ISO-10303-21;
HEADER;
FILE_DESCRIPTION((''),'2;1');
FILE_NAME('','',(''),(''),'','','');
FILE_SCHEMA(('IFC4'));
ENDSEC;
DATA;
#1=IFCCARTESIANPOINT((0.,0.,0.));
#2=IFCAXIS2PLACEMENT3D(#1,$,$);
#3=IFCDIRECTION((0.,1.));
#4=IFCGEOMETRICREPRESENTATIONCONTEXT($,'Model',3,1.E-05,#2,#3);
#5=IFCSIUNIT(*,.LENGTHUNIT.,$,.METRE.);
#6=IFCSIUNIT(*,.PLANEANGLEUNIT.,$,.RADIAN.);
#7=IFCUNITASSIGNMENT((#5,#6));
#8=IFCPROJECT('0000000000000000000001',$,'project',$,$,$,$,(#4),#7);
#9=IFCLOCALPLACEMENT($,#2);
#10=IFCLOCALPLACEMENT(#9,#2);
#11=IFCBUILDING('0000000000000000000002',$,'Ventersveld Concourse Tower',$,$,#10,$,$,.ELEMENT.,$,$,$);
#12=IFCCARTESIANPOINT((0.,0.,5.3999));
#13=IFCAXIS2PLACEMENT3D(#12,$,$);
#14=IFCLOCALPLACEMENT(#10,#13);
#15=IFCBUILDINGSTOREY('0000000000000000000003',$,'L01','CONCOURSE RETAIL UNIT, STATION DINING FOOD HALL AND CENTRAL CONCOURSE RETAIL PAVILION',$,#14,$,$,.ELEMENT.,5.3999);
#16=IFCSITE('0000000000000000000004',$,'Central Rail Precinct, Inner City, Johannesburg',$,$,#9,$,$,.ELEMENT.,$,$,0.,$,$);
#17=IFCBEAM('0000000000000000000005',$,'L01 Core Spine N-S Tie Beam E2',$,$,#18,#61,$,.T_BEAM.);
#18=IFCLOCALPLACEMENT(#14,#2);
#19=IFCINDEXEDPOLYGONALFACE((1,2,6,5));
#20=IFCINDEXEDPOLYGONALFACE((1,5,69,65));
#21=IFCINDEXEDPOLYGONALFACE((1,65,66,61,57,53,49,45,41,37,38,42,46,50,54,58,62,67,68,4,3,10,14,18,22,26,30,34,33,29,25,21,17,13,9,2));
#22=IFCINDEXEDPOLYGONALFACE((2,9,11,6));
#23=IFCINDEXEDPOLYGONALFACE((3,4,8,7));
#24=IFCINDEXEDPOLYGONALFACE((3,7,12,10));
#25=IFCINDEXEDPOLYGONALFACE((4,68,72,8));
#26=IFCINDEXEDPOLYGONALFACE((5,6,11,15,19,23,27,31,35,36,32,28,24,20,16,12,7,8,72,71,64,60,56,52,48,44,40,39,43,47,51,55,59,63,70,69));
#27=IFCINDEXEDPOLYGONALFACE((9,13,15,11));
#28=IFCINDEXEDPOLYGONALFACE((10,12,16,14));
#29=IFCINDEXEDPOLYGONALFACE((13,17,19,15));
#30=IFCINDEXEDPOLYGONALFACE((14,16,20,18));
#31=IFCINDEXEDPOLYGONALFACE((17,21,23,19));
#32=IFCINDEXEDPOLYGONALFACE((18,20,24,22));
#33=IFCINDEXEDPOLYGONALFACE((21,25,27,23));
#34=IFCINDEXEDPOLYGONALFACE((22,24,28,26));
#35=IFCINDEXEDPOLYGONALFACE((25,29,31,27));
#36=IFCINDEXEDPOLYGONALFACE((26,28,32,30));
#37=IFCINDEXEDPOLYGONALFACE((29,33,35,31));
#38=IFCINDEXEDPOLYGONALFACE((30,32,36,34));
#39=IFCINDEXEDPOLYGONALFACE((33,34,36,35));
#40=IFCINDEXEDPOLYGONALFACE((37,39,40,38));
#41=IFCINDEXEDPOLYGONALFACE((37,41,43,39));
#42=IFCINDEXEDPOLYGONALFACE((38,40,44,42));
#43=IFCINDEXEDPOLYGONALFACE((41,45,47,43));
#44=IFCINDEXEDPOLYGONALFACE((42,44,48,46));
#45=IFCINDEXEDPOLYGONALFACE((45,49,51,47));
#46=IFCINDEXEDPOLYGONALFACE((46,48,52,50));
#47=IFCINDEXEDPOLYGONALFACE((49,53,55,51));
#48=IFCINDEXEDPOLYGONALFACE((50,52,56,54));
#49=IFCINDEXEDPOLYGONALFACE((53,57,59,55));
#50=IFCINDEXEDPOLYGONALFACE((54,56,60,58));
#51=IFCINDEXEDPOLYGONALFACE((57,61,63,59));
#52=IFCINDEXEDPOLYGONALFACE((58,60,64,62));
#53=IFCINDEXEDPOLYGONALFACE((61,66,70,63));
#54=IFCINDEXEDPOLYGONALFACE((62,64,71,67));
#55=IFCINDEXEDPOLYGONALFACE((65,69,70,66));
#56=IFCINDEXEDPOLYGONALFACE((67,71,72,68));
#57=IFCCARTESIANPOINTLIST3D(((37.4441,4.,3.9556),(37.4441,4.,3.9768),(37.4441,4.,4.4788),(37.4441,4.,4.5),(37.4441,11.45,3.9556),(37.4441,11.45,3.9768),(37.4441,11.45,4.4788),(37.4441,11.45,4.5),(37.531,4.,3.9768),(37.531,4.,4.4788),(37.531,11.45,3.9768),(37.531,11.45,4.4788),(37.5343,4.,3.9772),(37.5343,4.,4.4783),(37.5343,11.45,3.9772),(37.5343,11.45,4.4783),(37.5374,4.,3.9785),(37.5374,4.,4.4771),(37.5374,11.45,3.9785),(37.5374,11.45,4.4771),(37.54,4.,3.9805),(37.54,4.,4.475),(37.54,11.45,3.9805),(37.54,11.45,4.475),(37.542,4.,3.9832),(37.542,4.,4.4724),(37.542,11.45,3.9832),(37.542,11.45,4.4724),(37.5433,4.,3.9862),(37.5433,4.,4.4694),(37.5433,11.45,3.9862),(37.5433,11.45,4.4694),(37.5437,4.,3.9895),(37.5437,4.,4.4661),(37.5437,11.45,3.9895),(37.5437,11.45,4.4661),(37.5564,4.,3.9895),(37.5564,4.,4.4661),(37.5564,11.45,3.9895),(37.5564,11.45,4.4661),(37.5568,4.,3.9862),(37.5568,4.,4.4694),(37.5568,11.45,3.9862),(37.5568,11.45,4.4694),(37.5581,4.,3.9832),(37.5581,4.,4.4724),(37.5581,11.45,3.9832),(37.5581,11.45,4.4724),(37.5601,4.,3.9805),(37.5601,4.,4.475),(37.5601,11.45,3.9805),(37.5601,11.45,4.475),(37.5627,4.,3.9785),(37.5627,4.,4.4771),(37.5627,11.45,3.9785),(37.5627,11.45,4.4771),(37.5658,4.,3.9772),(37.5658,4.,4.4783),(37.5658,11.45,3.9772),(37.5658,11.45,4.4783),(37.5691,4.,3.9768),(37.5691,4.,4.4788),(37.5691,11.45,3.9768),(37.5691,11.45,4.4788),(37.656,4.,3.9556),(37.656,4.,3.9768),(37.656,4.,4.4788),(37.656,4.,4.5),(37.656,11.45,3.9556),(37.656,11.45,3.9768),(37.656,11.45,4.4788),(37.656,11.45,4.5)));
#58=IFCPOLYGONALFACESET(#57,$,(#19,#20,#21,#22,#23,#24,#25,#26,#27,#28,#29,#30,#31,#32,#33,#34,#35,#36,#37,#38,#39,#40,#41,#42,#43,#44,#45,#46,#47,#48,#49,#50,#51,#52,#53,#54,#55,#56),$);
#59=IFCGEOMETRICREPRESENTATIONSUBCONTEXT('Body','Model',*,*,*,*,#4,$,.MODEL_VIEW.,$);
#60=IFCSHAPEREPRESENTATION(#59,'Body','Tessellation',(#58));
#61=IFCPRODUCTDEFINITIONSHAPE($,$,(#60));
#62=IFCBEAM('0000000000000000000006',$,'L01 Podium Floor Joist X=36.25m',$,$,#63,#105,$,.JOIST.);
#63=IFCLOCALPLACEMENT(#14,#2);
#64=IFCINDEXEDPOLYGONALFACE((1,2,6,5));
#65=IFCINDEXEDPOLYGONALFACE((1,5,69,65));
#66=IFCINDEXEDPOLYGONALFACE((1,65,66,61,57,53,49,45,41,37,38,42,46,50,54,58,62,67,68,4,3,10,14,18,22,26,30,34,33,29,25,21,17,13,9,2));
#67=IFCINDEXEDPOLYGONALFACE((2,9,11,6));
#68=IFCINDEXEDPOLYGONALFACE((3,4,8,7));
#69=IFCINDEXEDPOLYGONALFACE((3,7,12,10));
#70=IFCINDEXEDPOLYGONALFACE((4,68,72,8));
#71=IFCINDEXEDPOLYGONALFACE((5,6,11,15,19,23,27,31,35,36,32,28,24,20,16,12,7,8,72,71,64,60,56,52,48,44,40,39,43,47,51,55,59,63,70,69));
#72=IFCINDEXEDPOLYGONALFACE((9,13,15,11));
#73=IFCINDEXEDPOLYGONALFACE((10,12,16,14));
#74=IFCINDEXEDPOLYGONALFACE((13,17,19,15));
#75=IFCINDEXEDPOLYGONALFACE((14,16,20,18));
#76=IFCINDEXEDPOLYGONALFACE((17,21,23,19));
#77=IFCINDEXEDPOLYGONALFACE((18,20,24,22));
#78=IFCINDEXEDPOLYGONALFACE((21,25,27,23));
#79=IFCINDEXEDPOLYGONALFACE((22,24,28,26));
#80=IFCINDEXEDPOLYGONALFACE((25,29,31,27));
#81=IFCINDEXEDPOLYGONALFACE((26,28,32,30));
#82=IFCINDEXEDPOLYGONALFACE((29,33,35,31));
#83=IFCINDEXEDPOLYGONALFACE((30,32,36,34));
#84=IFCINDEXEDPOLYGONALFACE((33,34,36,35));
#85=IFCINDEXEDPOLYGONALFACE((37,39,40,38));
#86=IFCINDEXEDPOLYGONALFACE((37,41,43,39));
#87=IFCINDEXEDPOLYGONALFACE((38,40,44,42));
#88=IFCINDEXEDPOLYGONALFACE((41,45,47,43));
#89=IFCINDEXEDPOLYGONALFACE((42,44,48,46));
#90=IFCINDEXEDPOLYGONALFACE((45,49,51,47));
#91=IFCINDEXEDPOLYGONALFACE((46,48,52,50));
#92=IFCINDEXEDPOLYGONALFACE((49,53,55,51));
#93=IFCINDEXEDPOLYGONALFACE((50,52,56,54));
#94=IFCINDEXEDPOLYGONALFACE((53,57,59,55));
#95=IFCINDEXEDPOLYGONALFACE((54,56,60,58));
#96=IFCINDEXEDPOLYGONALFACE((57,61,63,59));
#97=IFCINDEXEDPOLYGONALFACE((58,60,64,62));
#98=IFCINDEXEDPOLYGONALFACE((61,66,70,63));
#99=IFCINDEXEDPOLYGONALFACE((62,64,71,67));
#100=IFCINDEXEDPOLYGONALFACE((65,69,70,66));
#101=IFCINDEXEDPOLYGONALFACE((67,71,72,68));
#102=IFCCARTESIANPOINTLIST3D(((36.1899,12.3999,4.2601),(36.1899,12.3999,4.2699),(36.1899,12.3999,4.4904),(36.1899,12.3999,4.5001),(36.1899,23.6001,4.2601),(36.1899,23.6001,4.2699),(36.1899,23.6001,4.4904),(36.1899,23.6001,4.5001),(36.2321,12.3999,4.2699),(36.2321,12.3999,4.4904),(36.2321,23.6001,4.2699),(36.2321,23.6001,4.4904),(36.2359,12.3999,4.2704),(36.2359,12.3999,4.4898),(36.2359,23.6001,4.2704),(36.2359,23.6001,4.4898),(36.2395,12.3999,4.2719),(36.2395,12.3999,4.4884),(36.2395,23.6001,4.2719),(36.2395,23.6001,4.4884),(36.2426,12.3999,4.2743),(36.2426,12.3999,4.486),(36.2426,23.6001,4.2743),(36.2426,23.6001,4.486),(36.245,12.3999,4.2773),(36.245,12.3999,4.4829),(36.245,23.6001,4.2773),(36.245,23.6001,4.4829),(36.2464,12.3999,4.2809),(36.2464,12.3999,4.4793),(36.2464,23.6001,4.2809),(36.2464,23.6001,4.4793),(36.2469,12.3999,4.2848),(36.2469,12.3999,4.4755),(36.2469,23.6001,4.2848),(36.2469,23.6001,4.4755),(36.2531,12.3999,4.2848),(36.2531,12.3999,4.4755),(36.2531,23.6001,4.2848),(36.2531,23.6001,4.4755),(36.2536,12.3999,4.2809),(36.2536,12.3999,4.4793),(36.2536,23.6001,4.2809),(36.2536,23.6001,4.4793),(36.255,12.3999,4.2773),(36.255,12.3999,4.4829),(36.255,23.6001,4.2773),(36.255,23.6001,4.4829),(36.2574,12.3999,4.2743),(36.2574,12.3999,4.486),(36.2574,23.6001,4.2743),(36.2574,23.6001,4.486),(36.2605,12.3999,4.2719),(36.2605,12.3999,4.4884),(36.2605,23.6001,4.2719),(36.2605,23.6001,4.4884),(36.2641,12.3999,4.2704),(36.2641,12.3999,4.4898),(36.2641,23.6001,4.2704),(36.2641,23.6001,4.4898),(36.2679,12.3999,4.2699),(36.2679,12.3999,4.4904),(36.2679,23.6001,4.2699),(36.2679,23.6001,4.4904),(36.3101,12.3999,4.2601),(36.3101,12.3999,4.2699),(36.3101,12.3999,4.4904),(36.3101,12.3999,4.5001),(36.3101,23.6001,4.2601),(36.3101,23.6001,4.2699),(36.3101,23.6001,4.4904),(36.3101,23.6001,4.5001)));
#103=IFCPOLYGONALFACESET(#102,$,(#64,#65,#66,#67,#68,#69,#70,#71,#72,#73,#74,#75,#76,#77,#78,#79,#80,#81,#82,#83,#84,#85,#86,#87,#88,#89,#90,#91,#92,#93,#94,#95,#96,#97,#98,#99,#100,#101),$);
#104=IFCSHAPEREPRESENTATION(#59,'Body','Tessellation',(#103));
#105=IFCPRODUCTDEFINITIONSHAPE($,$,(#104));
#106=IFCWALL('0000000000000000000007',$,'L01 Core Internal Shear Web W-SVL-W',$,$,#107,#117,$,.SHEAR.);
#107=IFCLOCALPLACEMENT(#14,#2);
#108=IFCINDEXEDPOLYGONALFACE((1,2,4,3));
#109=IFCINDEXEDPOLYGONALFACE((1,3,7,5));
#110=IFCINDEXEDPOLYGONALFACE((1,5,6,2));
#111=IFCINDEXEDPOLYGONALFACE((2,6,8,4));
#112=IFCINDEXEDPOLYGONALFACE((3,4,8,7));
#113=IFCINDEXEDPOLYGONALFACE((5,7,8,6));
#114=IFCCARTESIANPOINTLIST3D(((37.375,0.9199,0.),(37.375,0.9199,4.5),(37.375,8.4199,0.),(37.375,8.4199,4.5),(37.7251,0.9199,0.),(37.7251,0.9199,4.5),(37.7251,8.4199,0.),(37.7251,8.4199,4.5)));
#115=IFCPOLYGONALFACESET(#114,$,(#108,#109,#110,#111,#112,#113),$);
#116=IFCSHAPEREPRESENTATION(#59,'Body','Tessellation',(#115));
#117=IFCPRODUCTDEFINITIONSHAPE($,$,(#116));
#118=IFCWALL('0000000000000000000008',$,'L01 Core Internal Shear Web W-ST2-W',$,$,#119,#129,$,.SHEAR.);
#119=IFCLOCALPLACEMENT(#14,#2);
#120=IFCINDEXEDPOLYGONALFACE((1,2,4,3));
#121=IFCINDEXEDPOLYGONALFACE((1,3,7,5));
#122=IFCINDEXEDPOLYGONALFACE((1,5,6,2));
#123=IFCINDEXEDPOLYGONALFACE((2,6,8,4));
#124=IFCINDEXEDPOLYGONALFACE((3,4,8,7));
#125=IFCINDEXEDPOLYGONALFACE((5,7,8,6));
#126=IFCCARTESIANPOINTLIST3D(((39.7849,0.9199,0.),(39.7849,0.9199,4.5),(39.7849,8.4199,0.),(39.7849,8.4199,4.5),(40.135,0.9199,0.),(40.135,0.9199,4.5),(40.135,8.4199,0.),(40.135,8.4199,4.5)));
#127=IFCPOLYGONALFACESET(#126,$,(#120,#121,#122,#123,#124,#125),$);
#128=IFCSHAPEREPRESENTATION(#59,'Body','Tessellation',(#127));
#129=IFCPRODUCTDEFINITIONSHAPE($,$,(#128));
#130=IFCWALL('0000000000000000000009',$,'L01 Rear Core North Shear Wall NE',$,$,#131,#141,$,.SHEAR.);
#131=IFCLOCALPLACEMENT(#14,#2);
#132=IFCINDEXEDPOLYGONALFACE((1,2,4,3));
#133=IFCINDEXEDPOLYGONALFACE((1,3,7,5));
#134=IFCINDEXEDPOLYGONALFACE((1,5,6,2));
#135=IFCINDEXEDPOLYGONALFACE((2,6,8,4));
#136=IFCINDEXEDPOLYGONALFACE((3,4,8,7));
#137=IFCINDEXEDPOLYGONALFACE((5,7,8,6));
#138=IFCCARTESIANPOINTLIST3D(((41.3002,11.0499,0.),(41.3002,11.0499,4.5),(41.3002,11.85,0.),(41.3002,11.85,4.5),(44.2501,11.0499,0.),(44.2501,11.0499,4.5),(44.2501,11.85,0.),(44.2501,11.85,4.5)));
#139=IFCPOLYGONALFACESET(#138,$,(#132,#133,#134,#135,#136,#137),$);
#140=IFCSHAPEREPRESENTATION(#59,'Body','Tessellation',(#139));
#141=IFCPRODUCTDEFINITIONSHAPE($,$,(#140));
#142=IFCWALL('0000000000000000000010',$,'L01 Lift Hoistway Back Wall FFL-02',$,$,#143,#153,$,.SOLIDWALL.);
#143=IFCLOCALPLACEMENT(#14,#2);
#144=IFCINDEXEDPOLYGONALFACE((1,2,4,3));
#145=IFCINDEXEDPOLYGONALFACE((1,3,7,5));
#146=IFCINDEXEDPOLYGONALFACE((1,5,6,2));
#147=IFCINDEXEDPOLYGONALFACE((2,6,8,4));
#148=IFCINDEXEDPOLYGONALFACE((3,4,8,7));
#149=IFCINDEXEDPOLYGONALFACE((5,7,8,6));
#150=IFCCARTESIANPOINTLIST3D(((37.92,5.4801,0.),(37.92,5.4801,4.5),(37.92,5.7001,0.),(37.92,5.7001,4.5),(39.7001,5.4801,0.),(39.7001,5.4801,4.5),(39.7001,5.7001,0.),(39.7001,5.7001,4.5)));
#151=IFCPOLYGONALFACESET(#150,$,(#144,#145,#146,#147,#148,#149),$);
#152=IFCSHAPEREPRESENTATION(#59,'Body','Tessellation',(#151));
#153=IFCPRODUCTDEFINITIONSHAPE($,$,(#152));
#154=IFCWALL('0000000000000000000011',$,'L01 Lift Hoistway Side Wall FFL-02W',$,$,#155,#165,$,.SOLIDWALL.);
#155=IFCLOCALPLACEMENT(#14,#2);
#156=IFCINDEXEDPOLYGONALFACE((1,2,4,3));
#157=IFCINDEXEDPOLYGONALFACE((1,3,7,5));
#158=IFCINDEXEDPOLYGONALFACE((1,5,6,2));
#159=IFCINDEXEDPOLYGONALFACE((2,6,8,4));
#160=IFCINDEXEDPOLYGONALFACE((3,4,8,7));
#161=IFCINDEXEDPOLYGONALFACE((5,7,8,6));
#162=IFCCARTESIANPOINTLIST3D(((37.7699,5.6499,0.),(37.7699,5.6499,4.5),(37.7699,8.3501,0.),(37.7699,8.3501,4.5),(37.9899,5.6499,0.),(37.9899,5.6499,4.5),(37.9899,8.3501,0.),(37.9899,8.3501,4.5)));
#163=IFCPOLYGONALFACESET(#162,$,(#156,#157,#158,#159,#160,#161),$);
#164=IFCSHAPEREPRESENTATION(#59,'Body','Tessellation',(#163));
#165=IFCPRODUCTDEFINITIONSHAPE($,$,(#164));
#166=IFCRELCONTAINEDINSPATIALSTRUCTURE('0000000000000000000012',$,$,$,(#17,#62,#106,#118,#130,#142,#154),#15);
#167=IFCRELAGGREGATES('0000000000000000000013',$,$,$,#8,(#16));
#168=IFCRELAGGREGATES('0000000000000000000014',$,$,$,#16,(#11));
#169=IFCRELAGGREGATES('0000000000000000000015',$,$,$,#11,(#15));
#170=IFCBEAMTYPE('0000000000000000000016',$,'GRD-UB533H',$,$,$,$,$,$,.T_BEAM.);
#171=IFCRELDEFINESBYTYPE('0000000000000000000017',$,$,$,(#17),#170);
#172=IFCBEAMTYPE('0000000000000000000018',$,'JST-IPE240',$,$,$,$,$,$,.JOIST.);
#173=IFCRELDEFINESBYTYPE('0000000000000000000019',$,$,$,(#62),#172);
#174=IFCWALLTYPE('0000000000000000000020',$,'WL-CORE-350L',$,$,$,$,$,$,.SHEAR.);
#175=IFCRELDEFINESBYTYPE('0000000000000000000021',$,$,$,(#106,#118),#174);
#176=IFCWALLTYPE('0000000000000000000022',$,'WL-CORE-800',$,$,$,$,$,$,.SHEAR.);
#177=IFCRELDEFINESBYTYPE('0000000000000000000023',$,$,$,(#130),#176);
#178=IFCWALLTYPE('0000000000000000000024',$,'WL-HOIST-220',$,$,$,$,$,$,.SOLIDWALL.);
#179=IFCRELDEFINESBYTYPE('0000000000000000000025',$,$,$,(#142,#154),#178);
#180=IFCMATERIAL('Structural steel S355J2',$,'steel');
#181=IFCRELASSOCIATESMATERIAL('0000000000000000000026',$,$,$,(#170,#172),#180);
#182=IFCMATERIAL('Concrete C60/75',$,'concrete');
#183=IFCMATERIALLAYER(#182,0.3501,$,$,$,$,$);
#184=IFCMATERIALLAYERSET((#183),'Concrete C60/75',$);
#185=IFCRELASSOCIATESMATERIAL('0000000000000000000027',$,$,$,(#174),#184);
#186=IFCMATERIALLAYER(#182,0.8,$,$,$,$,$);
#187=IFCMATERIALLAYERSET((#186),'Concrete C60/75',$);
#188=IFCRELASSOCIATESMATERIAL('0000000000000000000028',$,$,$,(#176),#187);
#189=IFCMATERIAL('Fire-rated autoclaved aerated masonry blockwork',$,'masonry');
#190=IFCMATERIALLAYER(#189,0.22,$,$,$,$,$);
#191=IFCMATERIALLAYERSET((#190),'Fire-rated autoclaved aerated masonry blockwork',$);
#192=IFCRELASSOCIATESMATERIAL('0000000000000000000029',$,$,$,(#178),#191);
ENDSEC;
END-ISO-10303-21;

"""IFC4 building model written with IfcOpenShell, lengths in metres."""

from ifc_helpers import new_model, si_unit, direction, frame, frame_2d, origin, origin_2d, place, context, subcontext, project, spatial, rectangle, i_section, extrude, material, layer, layer_set, material_profile, profile_set, type_object, element, save


model = new_model("IFC4")

# Units and contexts
model_context = context("Model", 3, precision=1e-05, world=origin(), true_north=direction((0.0, 1.0)))
body_context = subcontext(model_context, "Body", "Model", "MODEL_VIEW")
ifc_project = project(units=[si_unit("LENGTHUNIT", "METRE"), si_unit("PLANEANGLEUNIT", "RADIAN")], contexts=[model_context])

# Site, building, storey
site_placement = place(None, origin())
site = spatial("IfcSite", under=ifc_project, at=site_placement, Name="Central Rail Precinct, Inner City, Johannesburg", CompositionType="ELEMENT", RefElevation=0.0)
building_placement = place(site_placement, origin())
building = spatial("IfcBuilding", under=site, at=building_placement, Name="Ventersveld Concourse Tower", CompositionType="ELEMENT")
storey_placement = place(building_placement, frame((0.0, 0.0, 5.3999)))
storey = spatial("IfcBuildingStorey", under=building, at=storey_placement, Name="L01", Description="CONCOURSE RETAIL UNIT, STATION DINING FOOD HALL AND CENTRAL CONCOURSE RETAIL PAVILION", CompositionType="ELEMENT", Elevation=5.3999)

# Shared definitions
ifc_material_1 = material(Name="Concrete C60/75", Category="concrete")

# Beams
ifc_material_2 = material(Name="Structural steel S355J2", Category="steel")
ifc_material_profile_1 = material_profile(ifc_material_2, i_section(OverallWidth=0.2119, OverallDepth=0.5444, WebThickness=0.0127, FlangeThickness=0.0212, FilletRadius=0.0127, at=origin_2d()), Name="UB 533x210x122")
ifc_profile_set_1 = profile_set([ifc_material_profile_1], Name="Structural steel S355J2")
beam_type_1 = type_object("IfcBeamType", Name="GRD-UB533H", PredefinedType="T_BEAM", material=ifc_profile_set_1)
beam_1_placement = place(storey_placement, frame((37.55, 4.0, 4.2278), z_axis=(0.0, 1.0, 0.0), x_axis=(-1.0, 0.0, 0.0)))
element("IfcBeam", 1, at=beam_1_placement, inside=storey, type_object=beam_type_1, Name="L01 Core Spine N-S Tie Beam E2", PredefinedType="T_BEAM", context=body_context, shape_type="SweptSolid", body=[
    extrude(i_section(OverallWidth=0.2119, OverallDepth=0.5444, WebThickness=0.0127, FlangeThickness=0.0212, FilletRadius=0.0127, at=origin_2d()), origin(), (0.0, 0.0, 1.0), 7.45),
])
ifc_material_profile_2 = material_profile(ifc_material_2, i_section(OverallWidth=0.1201, OverallDepth=0.24, WebThickness=0.0061, FlangeThickness=0.0098, FilletRadius=0.0149, at=origin_2d()), Name="IPE 240")
ifc_profile_set_2 = profile_set([ifc_material_profile_2], Name="Structural steel S355J2")
beam_type_2 = type_object("IfcBeamType", Name="JST-IPE240", PredefinedType="JOIST", material=ifc_profile_set_2)
beam_2_placement = place(storey_placement, frame((36.25, 12.3999, 4.3801), z_axis=(0.0, 1.0, 0.0), x_axis=(-1.0, 0.0, 0.0)))
element("IfcBeam", 2, at=beam_2_placement, inside=storey, type_object=beam_type_2, Name="L01 Podium Floor Joist X=36.25m", PredefinedType="JOIST", context=body_context, shape_type="SweptSolid", body=[
    extrude(i_section(OverallWidth=0.1201, OverallDepth=0.24, WebThickness=0.0061, FlangeThickness=0.0098, FilletRadius=0.0149, at=origin_2d()), origin(), (0.0, 0.0, 1.0), 11.2002),
])

# Walls
ifc_layer_1 = layer(ifc_material_1, 0.3501)
ifc_layer_set_1 = layer_set([ifc_layer_1], Name="Concrete C60/75")
wall_type_1 = type_object("IfcWallType", Name="WL-CORE-350L", PredefinedType="SHEAR", material=ifc_layer_set_1)
for number, where, z_axis, x_axis, name in (
    (3, (37.55, 0.9199, 0.0), (0.0, 0.0, 1.0), (0.0, 1.0, 0.0), "L01 Core Internal Shear Web W-SVL-W"),
    (4, (39.96, 0.9199, 0.0), (0.0, 0.0, 1.0), (0.0, 1.0, 0.0), "L01 Core Internal Shear Web W-ST2-W"),
):
    element("IfcWall", number, at=place(storey_placement, frame(where, z_axis=z_axis, x_axis=x_axis)), inside=storey, type_object=wall_type_1, Name=name, PredefinedType="SHEAR", context=body_context, shape_type="SweptSolid", body=[
        extrude(rectangle(XDim=7.5, YDim=0.3501, at=frame_2d((3.75, 0.0))), origin(), (0.0, 0.0, 1.0), 4.5),
    ])
ifc_layer_2 = layer(ifc_material_1, 0.8)
ifc_layer_set_2 = layer_set([ifc_layer_2], Name="Concrete C60/75")
wall_type_2 = type_object("IfcWallType", Name="WL-CORE-800", PredefinedType="SHEAR", material=ifc_layer_set_2)
wall_1_placement = place(storey_placement, frame((41.3, 11.45, 0.0), z_axis=(0.0, 0.0, 1.0), x_axis=(1.0, 0.0, 0.0)))
element("IfcWall", 5, at=wall_1_placement, inside=storey, type_object=wall_type_2, Name="L01 Rear Core North Shear Wall NE", PredefinedType="SHEAR", context=body_context, shape_type="SweptSolid", body=[
    extrude(rectangle(XDim=2.95, YDim=0.8, at=frame_2d((1.4751, 0.0))), origin(), (0.0, 0.0, 1.0), 4.5),
])
ifc_material_3 = material(Name="Fire-rated autoclaved aerated masonry blockwork", Category="masonry")
ifc_layer_3 = layer(ifc_material_3, 0.22)
ifc_layer_set_3 = layer_set([ifc_layer_3], Name="Fire-rated autoclaved aerated masonry blockwork")
wall_type_3 = type_object("IfcWallType", Name="WL-HOIST-220", PredefinedType="SOLIDWALL", material=ifc_layer_set_3)
wall_2_placement = place(storey_placement, frame((37.9199, 5.5901, 0.0), z_axis=(0.0, 0.0, 1.0), x_axis=(1.0, 0.0, 0.0)))
element("IfcWall", 6, at=wall_2_placement, inside=storey, type_object=wall_type_3, Name="L01 Lift Hoistway Back Wall FFL-02", PredefinedType="SOLIDWALL", context=body_context, shape_type="SweptSolid", body=[
    extrude(rectangle(XDim=1.78, YDim=0.22, at=frame_2d((0.8901, 0.0))), origin(), (0.0, 0.0, 1.0), 4.5),
])
wall_3_placement = place(storey_placement, frame((37.8799, 5.6499, 0.0), z_axis=(0.0, 0.0, 1.0), x_axis=(0.0, 1.0, 0.0)))
element("IfcWall", 7, at=wall_3_placement, inside=storey, type_object=wall_type_3, Name="L01 Lift Hoistway Side Wall FFL-02W", PredefinedType="SOLIDWALL", context=body_context, shape_type="SweptSolid", body=[
    extrude(rectangle(XDim=2.7002, YDim=0.22, at=frame_2d((1.3501, 0.0))), origin(), (0.0, 0.0, 1.0), 4.5),
])

save(model, "model.ifc")
